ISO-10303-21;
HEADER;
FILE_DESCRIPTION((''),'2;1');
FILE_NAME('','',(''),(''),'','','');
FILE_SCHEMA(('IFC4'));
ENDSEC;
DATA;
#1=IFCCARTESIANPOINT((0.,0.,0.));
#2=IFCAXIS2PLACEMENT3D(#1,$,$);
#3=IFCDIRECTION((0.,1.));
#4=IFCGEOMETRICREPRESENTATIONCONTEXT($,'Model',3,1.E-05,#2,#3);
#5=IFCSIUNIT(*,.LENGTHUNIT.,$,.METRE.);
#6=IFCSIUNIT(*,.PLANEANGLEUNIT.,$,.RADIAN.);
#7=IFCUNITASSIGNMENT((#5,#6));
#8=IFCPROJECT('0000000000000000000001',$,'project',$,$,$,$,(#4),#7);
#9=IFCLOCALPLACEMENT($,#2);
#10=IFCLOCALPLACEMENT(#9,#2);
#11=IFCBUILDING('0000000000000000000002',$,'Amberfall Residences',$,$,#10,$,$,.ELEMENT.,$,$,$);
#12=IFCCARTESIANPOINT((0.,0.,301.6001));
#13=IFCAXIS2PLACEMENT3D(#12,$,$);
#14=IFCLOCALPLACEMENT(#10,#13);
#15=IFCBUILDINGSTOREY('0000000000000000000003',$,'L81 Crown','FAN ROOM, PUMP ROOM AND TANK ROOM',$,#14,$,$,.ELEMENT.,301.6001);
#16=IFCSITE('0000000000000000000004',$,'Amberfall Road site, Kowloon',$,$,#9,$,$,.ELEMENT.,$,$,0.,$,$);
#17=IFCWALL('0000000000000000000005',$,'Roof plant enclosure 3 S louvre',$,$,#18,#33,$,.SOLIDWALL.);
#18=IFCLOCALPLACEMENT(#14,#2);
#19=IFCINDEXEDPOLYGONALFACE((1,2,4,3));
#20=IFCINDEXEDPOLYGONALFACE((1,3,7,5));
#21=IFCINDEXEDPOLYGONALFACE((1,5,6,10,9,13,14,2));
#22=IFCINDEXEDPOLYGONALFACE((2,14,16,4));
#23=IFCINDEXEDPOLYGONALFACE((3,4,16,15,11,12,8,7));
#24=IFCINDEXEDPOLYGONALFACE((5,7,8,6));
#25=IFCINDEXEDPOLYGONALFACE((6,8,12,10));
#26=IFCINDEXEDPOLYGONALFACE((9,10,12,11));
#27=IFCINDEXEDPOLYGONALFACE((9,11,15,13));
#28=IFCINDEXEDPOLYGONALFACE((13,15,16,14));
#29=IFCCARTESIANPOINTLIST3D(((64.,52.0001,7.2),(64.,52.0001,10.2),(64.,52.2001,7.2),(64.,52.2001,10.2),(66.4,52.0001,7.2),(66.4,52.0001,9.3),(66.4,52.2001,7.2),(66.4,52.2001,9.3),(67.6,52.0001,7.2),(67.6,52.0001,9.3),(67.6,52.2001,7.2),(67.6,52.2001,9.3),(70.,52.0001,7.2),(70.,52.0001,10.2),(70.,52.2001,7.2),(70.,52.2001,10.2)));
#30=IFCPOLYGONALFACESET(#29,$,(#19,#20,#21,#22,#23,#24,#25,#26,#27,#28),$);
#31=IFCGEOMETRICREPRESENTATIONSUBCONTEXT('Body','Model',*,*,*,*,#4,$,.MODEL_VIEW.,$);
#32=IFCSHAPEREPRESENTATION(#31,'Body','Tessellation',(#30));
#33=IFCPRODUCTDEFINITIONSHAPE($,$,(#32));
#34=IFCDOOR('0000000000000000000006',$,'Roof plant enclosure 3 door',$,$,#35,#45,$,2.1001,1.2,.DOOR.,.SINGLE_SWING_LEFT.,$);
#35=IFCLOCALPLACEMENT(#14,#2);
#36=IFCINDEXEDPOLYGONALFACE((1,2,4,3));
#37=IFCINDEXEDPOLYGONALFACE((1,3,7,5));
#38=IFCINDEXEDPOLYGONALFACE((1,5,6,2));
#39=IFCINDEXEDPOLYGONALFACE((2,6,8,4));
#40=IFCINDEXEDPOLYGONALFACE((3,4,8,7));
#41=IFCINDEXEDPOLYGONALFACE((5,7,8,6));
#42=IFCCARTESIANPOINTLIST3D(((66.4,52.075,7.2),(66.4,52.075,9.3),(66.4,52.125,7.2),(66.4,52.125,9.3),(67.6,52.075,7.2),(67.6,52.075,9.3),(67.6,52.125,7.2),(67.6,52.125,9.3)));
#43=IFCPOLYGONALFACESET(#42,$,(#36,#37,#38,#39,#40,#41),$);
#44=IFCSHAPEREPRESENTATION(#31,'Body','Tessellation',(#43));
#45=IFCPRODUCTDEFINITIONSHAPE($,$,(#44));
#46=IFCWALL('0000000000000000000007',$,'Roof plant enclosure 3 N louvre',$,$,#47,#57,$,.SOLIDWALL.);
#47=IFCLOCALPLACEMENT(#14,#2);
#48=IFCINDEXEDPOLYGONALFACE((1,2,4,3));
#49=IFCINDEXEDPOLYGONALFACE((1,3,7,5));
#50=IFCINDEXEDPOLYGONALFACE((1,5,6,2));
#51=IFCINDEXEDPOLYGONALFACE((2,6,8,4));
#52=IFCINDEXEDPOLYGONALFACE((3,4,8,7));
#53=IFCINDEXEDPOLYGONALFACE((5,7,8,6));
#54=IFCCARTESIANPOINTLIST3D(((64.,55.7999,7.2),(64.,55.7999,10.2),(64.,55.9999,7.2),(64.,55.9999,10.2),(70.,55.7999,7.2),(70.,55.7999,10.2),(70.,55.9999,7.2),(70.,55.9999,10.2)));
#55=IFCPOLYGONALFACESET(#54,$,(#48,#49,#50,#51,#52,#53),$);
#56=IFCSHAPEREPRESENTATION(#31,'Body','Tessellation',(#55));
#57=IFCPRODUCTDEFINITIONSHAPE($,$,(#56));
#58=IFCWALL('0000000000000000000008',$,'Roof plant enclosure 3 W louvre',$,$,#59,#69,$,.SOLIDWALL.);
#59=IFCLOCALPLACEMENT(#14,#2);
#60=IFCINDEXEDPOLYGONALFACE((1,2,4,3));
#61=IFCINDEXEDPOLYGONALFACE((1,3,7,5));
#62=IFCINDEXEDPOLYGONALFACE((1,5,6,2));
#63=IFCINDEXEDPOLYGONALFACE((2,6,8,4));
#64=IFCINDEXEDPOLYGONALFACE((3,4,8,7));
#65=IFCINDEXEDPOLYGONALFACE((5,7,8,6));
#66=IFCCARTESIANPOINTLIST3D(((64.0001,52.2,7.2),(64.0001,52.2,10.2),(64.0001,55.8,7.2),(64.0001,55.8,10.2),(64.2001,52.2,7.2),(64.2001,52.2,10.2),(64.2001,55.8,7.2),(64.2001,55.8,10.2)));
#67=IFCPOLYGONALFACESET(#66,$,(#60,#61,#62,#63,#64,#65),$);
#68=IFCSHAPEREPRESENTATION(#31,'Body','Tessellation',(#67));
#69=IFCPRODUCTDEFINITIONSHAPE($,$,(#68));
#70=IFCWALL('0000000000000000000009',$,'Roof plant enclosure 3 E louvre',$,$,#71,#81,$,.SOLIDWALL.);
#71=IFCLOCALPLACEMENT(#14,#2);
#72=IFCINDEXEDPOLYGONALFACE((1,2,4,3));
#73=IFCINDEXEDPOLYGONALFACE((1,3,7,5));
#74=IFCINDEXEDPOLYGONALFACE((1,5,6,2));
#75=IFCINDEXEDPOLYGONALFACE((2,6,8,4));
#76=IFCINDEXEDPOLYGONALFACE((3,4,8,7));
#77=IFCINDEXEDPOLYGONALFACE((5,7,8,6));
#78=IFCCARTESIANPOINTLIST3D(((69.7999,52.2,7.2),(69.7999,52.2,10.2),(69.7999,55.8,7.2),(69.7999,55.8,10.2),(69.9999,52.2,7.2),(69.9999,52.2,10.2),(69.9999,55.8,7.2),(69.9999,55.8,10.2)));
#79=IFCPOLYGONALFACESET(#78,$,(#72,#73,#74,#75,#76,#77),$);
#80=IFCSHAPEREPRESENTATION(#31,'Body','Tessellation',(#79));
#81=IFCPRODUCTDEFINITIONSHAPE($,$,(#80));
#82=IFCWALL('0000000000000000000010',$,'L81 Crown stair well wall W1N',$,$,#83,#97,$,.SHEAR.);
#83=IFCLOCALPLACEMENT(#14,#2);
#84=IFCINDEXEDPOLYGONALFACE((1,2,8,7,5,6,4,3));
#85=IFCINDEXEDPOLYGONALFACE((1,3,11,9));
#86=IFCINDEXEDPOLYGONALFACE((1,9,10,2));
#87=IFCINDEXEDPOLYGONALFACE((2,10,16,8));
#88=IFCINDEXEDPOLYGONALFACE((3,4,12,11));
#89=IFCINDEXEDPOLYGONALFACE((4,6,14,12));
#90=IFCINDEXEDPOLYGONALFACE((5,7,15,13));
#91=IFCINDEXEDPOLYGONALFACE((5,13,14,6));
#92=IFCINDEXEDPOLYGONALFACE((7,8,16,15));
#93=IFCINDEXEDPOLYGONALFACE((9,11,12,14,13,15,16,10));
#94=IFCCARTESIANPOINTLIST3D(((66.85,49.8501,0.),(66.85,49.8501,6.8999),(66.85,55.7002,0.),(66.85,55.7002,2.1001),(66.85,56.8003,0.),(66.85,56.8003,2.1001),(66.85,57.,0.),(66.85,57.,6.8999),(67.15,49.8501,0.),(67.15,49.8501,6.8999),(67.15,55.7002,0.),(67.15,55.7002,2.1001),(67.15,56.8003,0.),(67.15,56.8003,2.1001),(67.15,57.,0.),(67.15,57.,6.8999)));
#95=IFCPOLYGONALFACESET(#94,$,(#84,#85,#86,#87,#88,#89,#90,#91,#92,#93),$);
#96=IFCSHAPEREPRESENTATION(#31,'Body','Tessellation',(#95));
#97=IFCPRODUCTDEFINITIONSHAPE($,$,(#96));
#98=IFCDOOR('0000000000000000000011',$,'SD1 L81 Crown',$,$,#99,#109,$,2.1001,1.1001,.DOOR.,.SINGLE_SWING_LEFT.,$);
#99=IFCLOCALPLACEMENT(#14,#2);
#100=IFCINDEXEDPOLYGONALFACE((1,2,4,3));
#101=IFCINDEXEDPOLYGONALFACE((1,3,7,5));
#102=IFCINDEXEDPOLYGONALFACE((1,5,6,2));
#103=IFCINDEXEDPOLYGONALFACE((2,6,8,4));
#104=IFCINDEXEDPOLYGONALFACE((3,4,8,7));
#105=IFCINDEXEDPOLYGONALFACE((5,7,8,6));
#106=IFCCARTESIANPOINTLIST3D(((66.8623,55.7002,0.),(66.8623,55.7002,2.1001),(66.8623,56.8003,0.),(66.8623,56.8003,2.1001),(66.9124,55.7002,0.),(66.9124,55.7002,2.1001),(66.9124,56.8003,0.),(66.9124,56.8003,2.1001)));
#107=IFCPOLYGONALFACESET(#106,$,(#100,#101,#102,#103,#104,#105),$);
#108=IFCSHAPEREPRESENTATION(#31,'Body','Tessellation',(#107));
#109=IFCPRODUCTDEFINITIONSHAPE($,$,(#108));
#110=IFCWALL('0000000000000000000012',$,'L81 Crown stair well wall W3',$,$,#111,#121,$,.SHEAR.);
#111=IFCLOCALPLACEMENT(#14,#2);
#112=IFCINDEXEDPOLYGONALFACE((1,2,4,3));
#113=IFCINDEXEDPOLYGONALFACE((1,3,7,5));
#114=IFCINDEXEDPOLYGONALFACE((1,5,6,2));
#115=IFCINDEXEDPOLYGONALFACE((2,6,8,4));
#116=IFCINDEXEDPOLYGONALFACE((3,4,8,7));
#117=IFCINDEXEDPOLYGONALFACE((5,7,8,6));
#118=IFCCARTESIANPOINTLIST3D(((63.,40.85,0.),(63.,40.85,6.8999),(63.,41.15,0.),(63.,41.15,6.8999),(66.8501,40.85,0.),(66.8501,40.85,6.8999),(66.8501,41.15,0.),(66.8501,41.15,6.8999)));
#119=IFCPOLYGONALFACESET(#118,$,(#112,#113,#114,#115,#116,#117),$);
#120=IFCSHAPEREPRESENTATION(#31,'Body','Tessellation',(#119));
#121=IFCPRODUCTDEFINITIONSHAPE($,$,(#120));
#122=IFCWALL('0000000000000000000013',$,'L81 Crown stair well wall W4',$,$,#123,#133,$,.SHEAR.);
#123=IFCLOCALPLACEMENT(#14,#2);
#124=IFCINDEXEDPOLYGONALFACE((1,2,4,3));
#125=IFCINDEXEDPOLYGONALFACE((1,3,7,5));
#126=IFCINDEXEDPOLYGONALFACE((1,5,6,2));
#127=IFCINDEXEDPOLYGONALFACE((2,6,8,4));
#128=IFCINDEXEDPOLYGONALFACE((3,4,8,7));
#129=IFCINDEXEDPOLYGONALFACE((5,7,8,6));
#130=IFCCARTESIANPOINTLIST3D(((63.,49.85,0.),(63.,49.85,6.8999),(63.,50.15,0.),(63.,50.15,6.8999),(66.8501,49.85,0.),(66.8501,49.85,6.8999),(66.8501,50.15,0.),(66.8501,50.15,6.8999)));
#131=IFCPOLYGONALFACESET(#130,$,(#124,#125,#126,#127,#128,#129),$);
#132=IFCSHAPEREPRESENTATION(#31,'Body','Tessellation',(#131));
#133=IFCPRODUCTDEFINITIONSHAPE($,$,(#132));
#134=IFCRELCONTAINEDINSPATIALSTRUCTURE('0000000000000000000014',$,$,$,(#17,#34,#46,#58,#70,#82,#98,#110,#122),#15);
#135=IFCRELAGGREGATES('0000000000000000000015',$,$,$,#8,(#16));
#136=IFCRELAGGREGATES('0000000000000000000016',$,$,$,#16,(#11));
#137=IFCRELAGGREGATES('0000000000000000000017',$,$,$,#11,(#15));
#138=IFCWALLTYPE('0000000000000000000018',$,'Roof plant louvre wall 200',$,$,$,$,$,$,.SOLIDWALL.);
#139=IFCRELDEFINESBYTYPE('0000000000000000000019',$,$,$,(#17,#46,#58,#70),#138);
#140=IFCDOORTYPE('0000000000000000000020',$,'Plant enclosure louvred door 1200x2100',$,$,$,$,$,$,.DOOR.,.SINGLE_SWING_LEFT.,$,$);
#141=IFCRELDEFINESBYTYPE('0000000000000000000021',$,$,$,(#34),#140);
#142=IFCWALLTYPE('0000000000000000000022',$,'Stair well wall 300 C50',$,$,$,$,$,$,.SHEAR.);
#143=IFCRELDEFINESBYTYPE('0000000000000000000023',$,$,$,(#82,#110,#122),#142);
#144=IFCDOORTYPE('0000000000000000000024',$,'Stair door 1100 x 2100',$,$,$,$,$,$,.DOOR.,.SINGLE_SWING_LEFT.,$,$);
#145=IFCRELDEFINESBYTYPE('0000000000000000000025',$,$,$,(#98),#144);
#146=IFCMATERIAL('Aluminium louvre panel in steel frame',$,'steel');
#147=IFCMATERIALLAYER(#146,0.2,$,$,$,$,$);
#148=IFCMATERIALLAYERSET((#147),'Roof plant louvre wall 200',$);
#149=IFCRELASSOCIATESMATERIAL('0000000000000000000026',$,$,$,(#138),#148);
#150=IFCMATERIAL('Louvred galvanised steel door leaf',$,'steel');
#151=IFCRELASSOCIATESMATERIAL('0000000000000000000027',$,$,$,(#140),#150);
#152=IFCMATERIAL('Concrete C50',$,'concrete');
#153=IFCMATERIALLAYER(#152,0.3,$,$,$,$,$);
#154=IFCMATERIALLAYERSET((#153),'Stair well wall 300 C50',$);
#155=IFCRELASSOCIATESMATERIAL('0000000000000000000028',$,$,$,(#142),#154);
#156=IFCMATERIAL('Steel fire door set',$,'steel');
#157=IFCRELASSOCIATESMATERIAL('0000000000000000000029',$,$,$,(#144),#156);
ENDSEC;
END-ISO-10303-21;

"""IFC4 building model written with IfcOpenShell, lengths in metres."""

from ifc_helpers import new_model, si_unit, direction, frame, frame_2d, origin, place, context, subcontext, project, spatial, rectangle, extrude, material, layer, layer_set, type_object, element, fill, save


model = new_model("IFC4")

# Units and contexts
model_context = context("Model", 3, precision=1e-05, world=origin(), true_north=direction((0.0, 1.0)))
body_context = subcontext(model_context, "Body", "Model", "MODEL_VIEW")
ifc_project = project(units=[si_unit("LENGTHUNIT", "METRE"), si_unit("PLANEANGLEUNIT", "RADIAN")], contexts=[model_context])

# Site, building, storey
site_placement = place(None, origin())
site = spatial("IfcSite", under=ifc_project, at=site_placement, Name="Amberfall Road site, Kowloon", CompositionType="ELEMENT", RefElevation=0.0)
building_placement = place(site_placement, origin())
building = spatial("IfcBuilding", under=site, at=building_placement, Name="Amberfall Residences", CompositionType="ELEMENT")
storey_placement = place(building_placement, frame((0.0, 0.0, 301.6001)))
storey = spatial("IfcBuildingStorey", under=building, at=storey_placement, Name="L81 Crown", Description="FAN ROOM, PUMP ROOM AND TANK ROOM", CompositionType="ELEMENT", Elevation=301.6001)

# Shared definitions
ifc_material_1 = material(Name="Steel fire door set", Category="steel")

# Shared definitions
ifc_material_2 = material(Name="Concrete C50", Category="concrete")

# Wall, opening, door
ifc_material_3 = material(Name="Aluminium louvre panel in steel frame", Category="steel")
ifc_layer_1 = layer(ifc_material_3, 0.2)
ifc_layer_set_1 = layer_set([ifc_layer_1], Name="Roof plant louvre wall 200")
wall_type_1 = type_object("IfcWallType", Name="Roof plant louvre wall 200", PredefinedType="SOLIDWALL", material=ifc_layer_set_1)
wall_1_placement = place(storey_placement, frame((64.0, 52.1001, 7.2), z_axis=(0.0, 0.0, 1.0), x_axis=(1.0, 0.0, 0.0)))
wall_1 = element("IfcWall", 1, at=wall_1_placement, inside=storey, type_object=wall_type_1, Name="Roof plant enclosure 3 S louvre", PredefinedType="SOLIDWALL", context=body_context, shape_type="SweptSolid", body=[
    extrude(rectangle(XDim=6.0, YDim=0.2, at=frame_2d((3.0, 0.0))), origin(), (0.0, 0.0, 1.0), 3.0),
])
opening_1_placement = place(wall_1_placement, frame((2.3999, 0.0, 0.0)))
opening_1 = element("IfcOpeningElement", 2, at=opening_1_placement, cuts=wall_1, PredefinedType="OPENING", context=body_context, shape_type="SweptSolid", body=[
    extrude(rectangle(XDim=1.2, YDim=2.1001, at=frame_2d((0.6001, 1.05))), frame((0.0, 0.1099, 0.0), z_axis=(0.0, -1.0, 0.0), x_axis=(1.0, 0.0, 0.0)), (0.0, 0.0, 1.0), 0.22),
])
ifc_material_4 = material(Name="Louvred galvanised steel door leaf", Category="steel")
door_type_1 = type_object("IfcDoorType", Name="Plant enclosure louvred door 1200x2100", OperationType="SINGLE_SWING_LEFT", PredefinedType="DOOR", material=ifc_material_4)
door_1_placement = place(opening_1_placement, origin())
door_1 = element("IfcDoor", 3, at=door_1_placement, inside=storey, type_object=door_type_1, Name="Roof plant enclosure 3 door", OperationType="SINGLE_SWING_LEFT", OverallHeight=2.1001, OverallWidth=1.2, PredefinedType="DOOR", context=body_context, shape_type="SweptSolid", body=[
    extrude(rectangle(XDim=1.2, YDim=2.1001, at=frame_2d((0.6001, 1.05))), frame((0.0, 0.0249, 0.0), z_axis=(0.0, -1.0, 0.0), x_axis=(1.0, 0.0, 0.0)), (0.0, 0.0, 1.0), 0.05),
])
fill(opening_1, door_1)

# Walls
wall_2_placement = place(storey_placement, frame((64.0, 55.8999, 7.2), z_axis=(0.0, 0.0, 1.0), x_axis=(1.0, 0.0, 0.0)))
element("IfcWall", 4, at=wall_2_placement, inside=storey, type_object=wall_type_1, Name="Roof plant enclosure 3 N louvre", PredefinedType="SOLIDWALL", context=body_context, shape_type="SweptSolid", body=[
    extrude(rectangle(XDim=6.0, YDim=0.2, at=frame_2d((3.0, 0.0))), origin(), (0.0, 0.0, 1.0), 3.0),
])
for number, where, z_axis, x_axis, name in (
    (5, (64.1001, 52.2, 7.2), (0.0, 0.0, 1.0), (0.0, 1.0, 0.0), "Roof plant enclosure 3 W louvre"),
    (6, (69.8999, 52.2, 7.2), (0.0, 0.0, 1.0), (0.0, 1.0, 0.0), "Roof plant enclosure 3 E louvre"),
):
    element("IfcWall", number, at=place(storey_placement, frame(where, z_axis=z_axis, x_axis=x_axis)), inside=storey, type_object=wall_type_1, Name=name, PredefinedType="SOLIDWALL", context=body_context, shape_type="SweptSolid", body=[
        extrude(rectangle(XDim=3.6001, YDim=0.2, at=frame_2d((1.8, 0.0))), origin(), (0.0, 0.0, 1.0), 3.0),
    ])

# Wall, opening, door
ifc_layer_2 = layer(ifc_material_2, 0.3)
ifc_layer_set_2 = layer_set([ifc_layer_2], Name="Stair well wall 300 C50")
wall_type_2 = type_object("IfcWallType", Name="Stair well wall 300 C50", PredefinedType="SHEAR", material=ifc_layer_set_2)
wall_3_placement = place(storey_placement, frame((67.0, 49.8501, 0.0), z_axis=(0.0, 0.0, 1.0), x_axis=(0.0, 1.0, 0.0)))
wall_3 = element("IfcWall", 7, at=wall_3_placement, inside=storey, type_object=wall_type_2, Name="L81 Crown stair well wall W1N", PredefinedType="SHEAR", context=body_context, shape_type="SweptSolid", body=[
    extrude(rectangle(XDim=7.1499, YDim=0.3, at=frame_2d((3.575, 0.0))), origin(), (0.0, 0.0, 1.0), 6.8999),
])
opening_2_placement = place(wall_3_placement, frame((5.8501, 0.0, 0.0)))
opening_2 = element("IfcOpeningElement", 8, at=opening_2_placement, cuts=wall_3, PredefinedType="OPENING", context=body_context, shape_type="SweptSolid", body=[
    extrude(rectangle(XDim=1.1001, YDim=2.1001, at=frame_2d((0.55, 1.05))), frame((0.0, 0.1599, 0.0), z_axis=(0.0, -1.0, 0.0), x_axis=(1.0, 0.0, 0.0)), (0.0, 0.0, 1.0), 0.3201),
])
door_type_2 = type_object("IfcDoorType", Name="Stair door 1100 x 2100", OperationType="SINGLE_SWING_LEFT", PredefinedType="DOOR", material=ifc_material_1)
door_2_placement = place(opening_2_placement, origin())
door_2 = element("IfcDoor", 9, at=door_2_placement, inside=storey, type_object=door_type_2, Name="SD1 L81 Crown", OperationType="SINGLE_SWING_LEFT", OverallHeight=2.1001, OverallWidth=1.1001, PredefinedType="DOOR", context=body_context, shape_type="SweptSolid", body=[
    extrude(rectangle(XDim=1.1001, YDim=2.1001, at=frame_2d((0.55, 1.05))), frame((0.0, 0.1377, 0.0), z_axis=(0.0, -1.0, 0.0), x_axis=(1.0, 0.0, 0.0)), (0.0, 0.0, 1.0), 0.05),
])
fill(opening_2, door_2)

# Walls
for number, where, z_axis, x_axis, name in (
    (10, (63.0, 41.0, 0.0), (0.0, 0.0, 1.0), (1.0, 0.0, 0.0), "L81 Crown stair well wall W3"),
    (11, (63.0, 50.0, 0.0), (0.0, 0.0, 1.0), (1.0, 0.0, 0.0), "L81 Crown stair well wall W4"),
):
    element("IfcWall", number, at=place(storey_placement, frame(where, z_axis=z_axis, x_axis=x_axis)), inside=storey, type_object=wall_type_2, Name=name, PredefinedType="SHEAR", context=body_context, shape_type="SweptSolid", body=[
        extrude(rectangle(XDim=3.8501, YDim=0.3, at=frame_2d((1.925, 0.0))), origin(), (0.0, 0.0, 1.0), 6.8999),
    ])

save(model, "model.ifc")
